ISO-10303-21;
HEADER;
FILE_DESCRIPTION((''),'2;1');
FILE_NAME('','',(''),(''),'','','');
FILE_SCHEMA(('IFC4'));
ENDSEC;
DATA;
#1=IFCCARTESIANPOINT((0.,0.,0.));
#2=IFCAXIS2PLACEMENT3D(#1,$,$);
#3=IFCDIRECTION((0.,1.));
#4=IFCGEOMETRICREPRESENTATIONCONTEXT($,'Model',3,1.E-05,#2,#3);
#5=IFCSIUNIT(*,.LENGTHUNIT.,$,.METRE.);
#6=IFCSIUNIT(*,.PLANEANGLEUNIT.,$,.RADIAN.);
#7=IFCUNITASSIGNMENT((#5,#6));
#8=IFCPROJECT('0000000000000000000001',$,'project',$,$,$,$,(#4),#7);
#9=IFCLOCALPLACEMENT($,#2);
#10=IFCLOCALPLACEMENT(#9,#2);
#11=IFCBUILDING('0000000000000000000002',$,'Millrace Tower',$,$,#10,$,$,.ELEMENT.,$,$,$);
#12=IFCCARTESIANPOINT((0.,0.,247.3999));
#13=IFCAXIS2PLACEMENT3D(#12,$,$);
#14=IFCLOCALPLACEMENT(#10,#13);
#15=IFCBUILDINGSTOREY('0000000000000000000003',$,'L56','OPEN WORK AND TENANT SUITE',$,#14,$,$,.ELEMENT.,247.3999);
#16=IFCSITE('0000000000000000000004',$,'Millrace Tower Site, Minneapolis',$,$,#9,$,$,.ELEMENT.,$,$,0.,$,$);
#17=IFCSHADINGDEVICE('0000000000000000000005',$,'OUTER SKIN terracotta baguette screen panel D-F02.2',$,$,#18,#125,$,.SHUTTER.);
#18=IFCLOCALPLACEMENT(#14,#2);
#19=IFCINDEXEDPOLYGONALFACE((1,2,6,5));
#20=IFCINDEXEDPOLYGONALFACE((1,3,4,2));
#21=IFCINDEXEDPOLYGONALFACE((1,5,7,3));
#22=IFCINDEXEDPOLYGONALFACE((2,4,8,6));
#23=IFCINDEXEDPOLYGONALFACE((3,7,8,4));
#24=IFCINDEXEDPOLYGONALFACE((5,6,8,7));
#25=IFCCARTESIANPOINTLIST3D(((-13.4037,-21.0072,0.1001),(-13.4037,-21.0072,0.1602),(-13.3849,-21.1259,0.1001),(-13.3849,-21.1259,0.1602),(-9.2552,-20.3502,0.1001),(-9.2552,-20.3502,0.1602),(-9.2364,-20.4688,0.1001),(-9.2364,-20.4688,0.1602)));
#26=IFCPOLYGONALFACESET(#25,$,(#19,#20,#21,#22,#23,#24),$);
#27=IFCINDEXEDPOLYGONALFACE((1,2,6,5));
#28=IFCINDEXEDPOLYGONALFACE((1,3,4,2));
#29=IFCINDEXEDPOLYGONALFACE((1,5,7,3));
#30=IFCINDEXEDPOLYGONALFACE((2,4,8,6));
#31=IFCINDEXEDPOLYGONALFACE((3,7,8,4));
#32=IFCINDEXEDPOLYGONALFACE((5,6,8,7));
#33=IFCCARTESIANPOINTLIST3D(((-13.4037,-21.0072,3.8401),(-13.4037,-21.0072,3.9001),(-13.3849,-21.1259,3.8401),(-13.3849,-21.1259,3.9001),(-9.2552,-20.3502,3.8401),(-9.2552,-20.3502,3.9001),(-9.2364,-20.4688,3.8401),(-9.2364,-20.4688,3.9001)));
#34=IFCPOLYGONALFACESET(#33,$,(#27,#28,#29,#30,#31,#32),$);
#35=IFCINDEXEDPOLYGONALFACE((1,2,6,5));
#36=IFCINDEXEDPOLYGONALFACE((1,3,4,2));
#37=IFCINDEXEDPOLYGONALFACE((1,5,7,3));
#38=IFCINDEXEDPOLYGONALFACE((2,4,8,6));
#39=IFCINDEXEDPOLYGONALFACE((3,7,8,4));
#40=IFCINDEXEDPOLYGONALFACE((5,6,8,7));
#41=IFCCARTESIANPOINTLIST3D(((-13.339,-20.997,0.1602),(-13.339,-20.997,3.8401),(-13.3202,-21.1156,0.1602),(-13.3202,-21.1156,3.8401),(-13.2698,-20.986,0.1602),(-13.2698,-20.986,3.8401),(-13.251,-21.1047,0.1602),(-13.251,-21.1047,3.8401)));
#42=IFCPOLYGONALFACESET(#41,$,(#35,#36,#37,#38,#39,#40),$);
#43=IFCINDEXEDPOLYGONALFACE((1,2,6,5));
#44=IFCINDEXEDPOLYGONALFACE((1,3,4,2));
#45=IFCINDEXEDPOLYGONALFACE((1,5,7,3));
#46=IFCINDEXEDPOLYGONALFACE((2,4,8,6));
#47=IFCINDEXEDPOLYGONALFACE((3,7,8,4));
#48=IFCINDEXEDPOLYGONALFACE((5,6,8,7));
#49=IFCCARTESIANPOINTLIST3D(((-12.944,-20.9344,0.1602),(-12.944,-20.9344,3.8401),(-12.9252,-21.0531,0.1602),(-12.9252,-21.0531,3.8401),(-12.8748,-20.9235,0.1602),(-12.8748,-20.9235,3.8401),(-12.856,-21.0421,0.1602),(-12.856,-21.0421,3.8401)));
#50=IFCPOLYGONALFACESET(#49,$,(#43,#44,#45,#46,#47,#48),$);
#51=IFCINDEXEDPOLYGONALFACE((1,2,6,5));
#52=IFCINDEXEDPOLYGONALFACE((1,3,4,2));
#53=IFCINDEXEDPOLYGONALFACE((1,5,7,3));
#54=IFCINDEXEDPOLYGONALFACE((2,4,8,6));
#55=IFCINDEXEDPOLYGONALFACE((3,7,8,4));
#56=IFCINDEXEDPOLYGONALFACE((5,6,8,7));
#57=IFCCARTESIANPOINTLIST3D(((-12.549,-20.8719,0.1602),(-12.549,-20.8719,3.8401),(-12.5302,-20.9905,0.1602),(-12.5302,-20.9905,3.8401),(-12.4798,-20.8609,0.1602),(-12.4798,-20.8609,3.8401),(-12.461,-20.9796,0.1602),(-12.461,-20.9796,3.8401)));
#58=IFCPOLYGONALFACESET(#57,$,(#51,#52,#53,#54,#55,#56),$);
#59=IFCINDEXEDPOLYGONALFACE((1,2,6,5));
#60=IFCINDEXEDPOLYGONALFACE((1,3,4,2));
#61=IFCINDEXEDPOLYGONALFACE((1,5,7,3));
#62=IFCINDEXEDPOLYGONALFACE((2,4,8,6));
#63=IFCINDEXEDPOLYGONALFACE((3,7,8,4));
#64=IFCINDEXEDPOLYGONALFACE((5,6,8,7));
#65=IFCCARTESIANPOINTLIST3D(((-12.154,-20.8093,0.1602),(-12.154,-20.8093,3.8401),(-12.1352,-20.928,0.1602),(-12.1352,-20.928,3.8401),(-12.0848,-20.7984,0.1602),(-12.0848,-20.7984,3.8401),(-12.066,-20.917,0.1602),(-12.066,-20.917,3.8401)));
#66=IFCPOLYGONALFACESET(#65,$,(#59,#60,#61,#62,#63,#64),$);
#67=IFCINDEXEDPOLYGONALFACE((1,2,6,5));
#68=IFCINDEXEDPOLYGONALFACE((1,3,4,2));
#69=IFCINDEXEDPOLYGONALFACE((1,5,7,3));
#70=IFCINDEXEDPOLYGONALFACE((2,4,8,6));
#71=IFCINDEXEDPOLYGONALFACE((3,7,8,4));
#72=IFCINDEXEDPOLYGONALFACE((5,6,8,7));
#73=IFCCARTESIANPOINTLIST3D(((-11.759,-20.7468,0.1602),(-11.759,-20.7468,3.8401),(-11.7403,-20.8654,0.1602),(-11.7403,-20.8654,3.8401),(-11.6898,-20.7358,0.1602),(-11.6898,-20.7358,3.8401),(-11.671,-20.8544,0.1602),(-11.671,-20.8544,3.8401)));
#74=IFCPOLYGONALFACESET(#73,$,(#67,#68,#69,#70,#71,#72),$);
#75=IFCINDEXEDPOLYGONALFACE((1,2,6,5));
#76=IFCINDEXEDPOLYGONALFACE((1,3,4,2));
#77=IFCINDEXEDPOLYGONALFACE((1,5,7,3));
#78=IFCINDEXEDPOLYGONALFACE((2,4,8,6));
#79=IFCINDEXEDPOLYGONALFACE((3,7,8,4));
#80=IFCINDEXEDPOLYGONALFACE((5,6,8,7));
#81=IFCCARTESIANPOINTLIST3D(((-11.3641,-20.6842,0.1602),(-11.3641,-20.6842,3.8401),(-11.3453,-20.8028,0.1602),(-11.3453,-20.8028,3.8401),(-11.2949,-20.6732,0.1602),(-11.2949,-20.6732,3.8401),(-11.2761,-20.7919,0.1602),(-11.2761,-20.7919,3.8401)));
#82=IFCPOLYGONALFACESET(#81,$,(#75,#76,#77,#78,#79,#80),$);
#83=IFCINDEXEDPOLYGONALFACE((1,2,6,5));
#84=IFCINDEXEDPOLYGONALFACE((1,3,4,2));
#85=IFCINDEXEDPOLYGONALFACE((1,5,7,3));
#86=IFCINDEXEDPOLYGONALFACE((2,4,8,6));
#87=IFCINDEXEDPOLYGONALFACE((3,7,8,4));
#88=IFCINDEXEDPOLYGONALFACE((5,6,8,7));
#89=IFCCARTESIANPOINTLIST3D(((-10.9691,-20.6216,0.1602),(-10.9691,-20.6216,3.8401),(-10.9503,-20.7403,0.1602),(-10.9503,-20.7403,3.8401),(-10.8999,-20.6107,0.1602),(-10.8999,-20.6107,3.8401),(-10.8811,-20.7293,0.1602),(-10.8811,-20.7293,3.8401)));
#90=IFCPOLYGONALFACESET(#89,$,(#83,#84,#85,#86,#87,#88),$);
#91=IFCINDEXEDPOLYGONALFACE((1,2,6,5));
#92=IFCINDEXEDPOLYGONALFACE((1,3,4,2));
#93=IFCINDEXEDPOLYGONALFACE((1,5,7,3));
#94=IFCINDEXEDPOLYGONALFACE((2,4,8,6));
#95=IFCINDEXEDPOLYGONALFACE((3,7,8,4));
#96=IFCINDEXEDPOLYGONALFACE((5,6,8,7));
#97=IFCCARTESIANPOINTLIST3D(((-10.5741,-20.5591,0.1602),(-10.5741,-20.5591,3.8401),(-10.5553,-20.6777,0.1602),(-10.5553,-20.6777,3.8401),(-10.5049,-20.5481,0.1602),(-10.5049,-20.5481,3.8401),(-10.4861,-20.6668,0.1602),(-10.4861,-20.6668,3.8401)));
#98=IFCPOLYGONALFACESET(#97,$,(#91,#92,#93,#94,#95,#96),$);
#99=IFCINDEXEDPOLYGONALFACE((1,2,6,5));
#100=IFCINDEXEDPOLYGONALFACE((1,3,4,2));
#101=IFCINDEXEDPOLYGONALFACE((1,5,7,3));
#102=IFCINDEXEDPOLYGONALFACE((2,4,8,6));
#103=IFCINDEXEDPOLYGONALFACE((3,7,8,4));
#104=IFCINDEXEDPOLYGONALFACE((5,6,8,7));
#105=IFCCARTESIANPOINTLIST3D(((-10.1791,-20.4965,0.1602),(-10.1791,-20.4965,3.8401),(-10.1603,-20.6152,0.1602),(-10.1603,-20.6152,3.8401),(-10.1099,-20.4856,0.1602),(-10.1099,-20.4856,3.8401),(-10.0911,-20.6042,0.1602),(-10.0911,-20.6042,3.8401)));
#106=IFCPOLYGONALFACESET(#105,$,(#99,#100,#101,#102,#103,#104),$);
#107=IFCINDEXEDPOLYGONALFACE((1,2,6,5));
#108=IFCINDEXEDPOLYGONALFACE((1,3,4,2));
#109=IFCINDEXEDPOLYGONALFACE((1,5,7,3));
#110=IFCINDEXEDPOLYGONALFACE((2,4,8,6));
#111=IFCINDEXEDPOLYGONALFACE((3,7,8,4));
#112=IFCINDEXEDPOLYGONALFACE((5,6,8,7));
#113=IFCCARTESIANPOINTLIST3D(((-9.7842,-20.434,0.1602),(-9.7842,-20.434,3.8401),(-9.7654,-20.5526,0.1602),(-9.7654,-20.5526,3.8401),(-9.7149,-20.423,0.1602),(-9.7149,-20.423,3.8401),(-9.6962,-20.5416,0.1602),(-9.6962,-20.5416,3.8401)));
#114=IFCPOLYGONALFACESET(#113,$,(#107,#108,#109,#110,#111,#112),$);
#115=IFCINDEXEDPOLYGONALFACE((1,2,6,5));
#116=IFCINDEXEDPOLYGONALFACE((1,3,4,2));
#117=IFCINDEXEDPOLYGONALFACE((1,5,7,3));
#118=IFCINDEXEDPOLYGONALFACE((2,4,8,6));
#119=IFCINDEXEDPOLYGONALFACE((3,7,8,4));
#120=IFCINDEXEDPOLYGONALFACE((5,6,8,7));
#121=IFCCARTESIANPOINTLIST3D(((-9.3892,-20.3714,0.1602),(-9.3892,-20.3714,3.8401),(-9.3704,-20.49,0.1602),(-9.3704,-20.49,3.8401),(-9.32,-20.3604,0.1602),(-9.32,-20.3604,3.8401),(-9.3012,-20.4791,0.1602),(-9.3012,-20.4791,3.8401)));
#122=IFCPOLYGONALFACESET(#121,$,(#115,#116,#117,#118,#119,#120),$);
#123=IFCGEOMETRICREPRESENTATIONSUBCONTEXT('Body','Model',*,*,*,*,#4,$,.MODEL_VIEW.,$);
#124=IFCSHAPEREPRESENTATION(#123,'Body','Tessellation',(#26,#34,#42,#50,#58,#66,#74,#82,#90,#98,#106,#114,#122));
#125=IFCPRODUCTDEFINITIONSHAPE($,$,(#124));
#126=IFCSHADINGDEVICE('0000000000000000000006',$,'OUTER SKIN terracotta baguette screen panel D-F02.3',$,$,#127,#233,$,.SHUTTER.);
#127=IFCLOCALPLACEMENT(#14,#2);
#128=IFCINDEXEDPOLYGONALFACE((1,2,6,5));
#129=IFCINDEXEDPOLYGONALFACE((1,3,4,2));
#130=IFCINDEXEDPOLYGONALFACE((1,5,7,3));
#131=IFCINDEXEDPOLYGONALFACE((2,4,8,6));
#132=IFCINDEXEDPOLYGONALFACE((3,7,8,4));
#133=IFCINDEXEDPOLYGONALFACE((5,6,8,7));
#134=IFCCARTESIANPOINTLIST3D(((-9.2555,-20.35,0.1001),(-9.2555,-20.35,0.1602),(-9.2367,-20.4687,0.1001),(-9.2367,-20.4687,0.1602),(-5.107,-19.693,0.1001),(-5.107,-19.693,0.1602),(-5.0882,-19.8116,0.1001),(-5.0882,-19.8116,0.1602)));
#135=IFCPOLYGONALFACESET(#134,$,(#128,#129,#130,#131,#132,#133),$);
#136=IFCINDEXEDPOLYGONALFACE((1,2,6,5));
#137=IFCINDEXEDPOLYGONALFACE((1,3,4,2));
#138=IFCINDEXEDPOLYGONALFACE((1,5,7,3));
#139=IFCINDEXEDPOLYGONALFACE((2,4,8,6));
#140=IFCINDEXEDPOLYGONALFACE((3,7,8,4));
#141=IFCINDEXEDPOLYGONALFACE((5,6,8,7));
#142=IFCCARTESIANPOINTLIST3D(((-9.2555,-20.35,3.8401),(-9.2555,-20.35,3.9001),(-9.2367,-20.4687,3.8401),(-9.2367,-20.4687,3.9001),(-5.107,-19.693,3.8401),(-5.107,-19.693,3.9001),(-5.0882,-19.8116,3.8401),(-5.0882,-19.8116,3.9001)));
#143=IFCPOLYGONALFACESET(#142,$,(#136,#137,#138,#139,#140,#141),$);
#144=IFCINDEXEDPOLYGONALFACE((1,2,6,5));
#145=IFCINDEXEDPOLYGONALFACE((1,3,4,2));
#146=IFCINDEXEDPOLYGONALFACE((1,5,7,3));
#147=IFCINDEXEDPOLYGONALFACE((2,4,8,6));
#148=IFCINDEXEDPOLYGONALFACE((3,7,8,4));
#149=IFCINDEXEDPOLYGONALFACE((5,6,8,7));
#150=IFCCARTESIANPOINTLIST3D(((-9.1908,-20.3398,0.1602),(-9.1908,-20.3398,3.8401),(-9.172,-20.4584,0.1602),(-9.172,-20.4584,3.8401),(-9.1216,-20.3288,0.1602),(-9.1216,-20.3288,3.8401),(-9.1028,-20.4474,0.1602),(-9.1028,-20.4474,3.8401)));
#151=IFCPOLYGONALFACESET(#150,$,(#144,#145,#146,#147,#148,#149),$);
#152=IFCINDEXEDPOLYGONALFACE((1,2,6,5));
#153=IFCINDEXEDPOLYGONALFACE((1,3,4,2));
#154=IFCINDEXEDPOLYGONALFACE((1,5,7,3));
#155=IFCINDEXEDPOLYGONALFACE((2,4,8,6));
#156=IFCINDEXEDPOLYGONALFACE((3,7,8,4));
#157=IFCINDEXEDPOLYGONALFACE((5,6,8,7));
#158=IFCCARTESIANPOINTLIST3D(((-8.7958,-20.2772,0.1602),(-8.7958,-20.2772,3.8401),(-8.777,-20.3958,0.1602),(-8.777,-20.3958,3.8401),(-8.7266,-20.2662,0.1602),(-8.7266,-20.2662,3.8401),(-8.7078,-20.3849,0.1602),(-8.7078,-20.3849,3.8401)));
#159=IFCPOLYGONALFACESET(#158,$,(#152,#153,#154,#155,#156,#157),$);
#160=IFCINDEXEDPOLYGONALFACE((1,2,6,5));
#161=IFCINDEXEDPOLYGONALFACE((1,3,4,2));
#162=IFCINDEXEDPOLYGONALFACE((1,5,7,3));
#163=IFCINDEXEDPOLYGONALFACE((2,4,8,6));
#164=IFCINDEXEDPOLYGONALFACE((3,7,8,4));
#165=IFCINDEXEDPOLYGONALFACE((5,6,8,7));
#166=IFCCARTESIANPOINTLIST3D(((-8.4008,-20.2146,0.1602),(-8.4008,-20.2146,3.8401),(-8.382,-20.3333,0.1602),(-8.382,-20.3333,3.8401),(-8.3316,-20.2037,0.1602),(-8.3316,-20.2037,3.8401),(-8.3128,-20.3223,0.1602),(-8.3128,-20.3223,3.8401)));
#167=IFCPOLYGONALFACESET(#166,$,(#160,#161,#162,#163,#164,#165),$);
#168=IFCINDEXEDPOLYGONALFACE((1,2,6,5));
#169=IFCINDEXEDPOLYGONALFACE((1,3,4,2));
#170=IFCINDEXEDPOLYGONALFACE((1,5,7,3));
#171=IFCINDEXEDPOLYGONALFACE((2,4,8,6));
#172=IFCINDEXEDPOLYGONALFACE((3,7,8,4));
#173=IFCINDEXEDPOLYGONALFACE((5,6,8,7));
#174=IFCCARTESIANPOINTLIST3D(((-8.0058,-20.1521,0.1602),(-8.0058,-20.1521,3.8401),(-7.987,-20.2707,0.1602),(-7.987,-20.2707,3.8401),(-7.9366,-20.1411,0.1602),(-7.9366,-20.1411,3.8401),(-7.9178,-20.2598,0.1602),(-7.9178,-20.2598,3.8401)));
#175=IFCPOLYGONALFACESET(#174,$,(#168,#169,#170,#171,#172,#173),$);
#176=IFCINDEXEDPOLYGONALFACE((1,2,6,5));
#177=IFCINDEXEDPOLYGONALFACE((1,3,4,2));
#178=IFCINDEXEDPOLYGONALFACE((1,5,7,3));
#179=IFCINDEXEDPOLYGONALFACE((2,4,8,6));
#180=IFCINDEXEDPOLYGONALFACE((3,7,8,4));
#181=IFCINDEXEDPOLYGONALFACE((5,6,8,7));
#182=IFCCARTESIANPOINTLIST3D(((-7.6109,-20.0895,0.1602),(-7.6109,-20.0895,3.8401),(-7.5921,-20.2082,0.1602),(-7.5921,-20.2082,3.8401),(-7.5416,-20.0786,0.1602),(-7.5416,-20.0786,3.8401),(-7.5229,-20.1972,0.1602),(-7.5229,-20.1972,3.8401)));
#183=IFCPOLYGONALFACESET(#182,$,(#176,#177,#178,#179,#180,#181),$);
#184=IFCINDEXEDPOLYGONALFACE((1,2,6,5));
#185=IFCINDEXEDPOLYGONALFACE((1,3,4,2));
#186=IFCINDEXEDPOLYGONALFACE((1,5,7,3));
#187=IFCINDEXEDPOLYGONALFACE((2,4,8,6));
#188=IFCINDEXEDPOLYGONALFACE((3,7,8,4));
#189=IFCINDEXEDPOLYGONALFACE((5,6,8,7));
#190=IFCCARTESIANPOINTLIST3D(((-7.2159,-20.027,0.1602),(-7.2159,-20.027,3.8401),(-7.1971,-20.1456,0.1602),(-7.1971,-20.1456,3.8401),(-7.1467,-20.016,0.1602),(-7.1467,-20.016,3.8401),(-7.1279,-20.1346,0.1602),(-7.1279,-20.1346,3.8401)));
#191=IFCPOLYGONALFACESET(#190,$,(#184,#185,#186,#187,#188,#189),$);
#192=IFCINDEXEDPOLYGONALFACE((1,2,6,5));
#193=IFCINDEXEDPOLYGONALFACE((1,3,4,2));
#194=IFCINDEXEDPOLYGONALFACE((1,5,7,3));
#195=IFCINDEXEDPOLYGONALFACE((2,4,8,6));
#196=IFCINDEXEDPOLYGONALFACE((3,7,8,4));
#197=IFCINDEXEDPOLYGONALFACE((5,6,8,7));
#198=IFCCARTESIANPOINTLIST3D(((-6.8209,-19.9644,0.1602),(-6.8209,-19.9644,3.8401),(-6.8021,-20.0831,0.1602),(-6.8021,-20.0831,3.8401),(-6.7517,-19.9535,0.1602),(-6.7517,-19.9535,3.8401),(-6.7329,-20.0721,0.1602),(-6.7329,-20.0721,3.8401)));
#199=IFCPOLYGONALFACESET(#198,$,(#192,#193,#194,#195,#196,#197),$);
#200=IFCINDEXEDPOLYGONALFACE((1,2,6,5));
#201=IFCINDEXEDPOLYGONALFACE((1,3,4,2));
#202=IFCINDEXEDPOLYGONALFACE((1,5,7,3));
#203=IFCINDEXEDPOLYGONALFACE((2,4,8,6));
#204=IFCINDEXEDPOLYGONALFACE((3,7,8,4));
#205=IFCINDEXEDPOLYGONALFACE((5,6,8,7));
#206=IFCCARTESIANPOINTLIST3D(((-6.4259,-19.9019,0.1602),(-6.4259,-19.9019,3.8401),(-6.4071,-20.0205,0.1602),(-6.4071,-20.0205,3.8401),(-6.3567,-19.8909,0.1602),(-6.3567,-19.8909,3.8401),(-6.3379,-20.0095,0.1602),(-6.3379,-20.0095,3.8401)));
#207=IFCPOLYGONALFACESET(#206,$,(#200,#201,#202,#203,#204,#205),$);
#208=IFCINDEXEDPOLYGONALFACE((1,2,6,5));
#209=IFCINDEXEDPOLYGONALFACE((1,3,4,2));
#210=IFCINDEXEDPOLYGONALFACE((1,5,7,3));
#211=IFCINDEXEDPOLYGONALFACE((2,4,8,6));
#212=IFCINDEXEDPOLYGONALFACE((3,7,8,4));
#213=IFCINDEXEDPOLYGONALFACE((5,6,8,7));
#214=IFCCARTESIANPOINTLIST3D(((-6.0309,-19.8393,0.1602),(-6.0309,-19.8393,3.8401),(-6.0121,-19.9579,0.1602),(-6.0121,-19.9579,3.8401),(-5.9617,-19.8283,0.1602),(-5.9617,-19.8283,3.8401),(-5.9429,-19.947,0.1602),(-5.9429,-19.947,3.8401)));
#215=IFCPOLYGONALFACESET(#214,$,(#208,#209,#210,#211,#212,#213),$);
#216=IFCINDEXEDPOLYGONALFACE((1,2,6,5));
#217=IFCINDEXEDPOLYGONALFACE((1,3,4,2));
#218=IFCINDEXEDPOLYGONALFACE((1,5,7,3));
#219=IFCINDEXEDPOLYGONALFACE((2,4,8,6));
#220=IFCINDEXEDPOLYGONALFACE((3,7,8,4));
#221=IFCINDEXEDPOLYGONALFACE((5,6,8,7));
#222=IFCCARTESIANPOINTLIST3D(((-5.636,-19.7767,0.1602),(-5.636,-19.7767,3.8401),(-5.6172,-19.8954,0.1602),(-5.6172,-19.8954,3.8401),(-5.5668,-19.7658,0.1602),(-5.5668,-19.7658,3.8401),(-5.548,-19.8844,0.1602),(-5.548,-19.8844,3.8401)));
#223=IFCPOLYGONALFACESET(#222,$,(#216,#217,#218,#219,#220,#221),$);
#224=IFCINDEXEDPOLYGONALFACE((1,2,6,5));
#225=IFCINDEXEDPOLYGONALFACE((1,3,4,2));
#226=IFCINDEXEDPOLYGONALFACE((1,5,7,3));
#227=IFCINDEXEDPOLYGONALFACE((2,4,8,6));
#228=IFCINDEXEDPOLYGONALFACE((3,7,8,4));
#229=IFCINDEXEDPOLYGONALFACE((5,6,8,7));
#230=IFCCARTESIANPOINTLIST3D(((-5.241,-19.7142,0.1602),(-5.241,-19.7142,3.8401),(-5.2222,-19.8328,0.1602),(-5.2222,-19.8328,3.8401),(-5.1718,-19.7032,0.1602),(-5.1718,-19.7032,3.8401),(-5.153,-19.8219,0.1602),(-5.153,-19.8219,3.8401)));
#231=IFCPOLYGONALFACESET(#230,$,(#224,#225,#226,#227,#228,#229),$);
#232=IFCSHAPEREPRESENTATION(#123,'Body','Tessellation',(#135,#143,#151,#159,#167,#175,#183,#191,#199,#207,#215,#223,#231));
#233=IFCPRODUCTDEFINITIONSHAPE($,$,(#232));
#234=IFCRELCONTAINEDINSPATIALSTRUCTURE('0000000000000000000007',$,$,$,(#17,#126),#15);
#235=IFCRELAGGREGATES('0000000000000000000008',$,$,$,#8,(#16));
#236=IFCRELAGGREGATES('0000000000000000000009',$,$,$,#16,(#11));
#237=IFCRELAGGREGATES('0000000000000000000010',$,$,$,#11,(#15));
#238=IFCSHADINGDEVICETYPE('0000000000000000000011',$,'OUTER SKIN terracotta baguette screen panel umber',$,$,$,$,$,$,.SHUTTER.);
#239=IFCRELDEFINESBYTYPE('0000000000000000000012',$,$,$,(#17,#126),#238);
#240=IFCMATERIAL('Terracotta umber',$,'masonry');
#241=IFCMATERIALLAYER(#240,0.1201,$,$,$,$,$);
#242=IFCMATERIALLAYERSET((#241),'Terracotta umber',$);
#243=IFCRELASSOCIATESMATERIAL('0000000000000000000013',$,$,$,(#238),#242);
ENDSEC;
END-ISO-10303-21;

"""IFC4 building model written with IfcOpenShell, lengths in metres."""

from ifc_helpers import new_model, entity, si_unit, direction, frame, frame_2d, origin, origin_2d, place, context, subcontext, project, spatial, rectangle, extrude, source, transform, mapped, material, layer, layer_set, type_object, element, save


model = new_model("IFC4")

# Units and contexts
model_context = context("Model", 3, precision=1e-05, world=origin(), true_north=direction((0.0, 1.0)))
body_context = subcontext(model_context, "Body", "Model", "MODEL_VIEW")
ifc_project = project(units=[si_unit("LENGTHUNIT", "METRE"), si_unit("PLANEANGLEUNIT", "RADIAN")], contexts=[model_context])

# Site, building, storey
site_placement = place(None, origin())
site = spatial("IfcSite", under=ifc_project, at=site_placement, Name="Millrace Tower Site, Minneapolis", CompositionType="ELEMENT", RefElevation=0.0)
building_placement = place(site_placement, origin())
building = spatial("IfcBuilding", under=site, at=building_placement, Name="Millrace Tower", CompositionType="ELEMENT")
storey_placement = place(building_placement, frame((0.0, 0.0, 247.3999)))
storey = spatial("IfcBuildingStorey", under=building, at=storey_placement, Name="L56", Description="OPEN WORK AND TENANT SUITE", CompositionType="ELEMENT", Elevation=247.3999)

# Shading devices
ifc_material_1 = material(Name="Terracotta umber", Category="masonry")
ifc_layer_1 = layer(ifc_material_1, 0.1201)
ifc_layer_set_1 = layer_set([ifc_layer_1], Name="Terracotta umber")
shading_device_type = type_object("IfcShadingDeviceType", Name="OUTER SKIN terracotta baguette screen panel umber", PredefinedType="SHUTTER", material=ifc_layer_set_1)
cartesian_point = entity("IfcCartesianPoint", [-2.1001, 0.0601])
shared_polyline = entity("IfcPolyline", [cartesian_point, entity("IfcCartesianPoint", [2.1001, 0.0601]), entity("IfcCartesianPoint", [2.1001, -0.0601]), entity("IfcCartesianPoint", [-2.1001, -0.0601]), cartesian_point])
shared_shape = source(origin(), body_context, "Body", "SweptSolid", [
    entity("IfcExtrudedAreaSolid", entity("IfcArbitraryClosedProfileDef", "AREA", None, shared_polyline), entity("IfcAxis2Placement3D", entity("IfcCartesianPoint", [0.0, 0.0, 0.0])), entity("IfcDirection", [0.0, 0.0, 1.0]), 0.0601),
    entity("IfcExtrudedAreaSolid", entity("IfcArbitraryClosedProfileDef", "AREA", None, shared_polyline), entity("IfcAxis2Placement3D", entity("IfcCartesianPoint", [0.0, 0.0, 3.74])), entity("IfcDirection", [0.0, 0.0, 1.0]), 0.0601),
    extrude(rectangle(XDim=0.0701, YDim=0.1201, at=frame_2d((-1.9995, 0.0))), frame((0.0, 0.0, 0.0601)), (0.0, 0.0, 1.0), 3.6799),
    extrude(rectangle(XDim=0.0701, YDim=0.1201, at=frame_2d((-1.5996, 0.0))), frame((0.0, 0.0, 0.0601)), (0.0, 0.0, 1.0), 3.6799),
    extrude(rectangle(XDim=0.0701, YDim=0.1201, at=frame_2d((-1.1997, 0.0))), frame((0.0, 0.0, 0.0601)), (0.0, 0.0, 1.0), 3.6799),
    extrude(rectangle(XDim=0.0701, YDim=0.1201, at=frame_2d((-0.7998, 0.0))), frame((0.0, 0.0, 0.0601)), (0.0, 0.0, 1.0), 3.6799),
    extrude(rectangle(XDim=0.0701, YDim=0.1201, at=frame_2d((-0.3999, 0.0))), frame((0.0, 0.0, 0.0601)), (0.0, 0.0, 1.0), 3.6799),
    extrude(rectangle(XDim=0.0701, YDim=0.1201, at=origin_2d()), frame((0.0, 0.0, 0.0601)), (0.0, 0.0, 1.0), 3.6799),
    extrude(rectangle(XDim=0.0701, YDim=0.1201, at=frame_2d((0.3999, 0.0))), frame((0.0, 0.0, 0.0601)), (0.0, 0.0, 1.0), 3.6799),
    extrude(rectangle(XDim=0.0701, YDim=0.1201, at=frame_2d((0.7998, 0.0))), frame((0.0, 0.0, 0.0601)), (0.0, 0.0, 1.0), 3.6799),
    extrude(rectangle(XDim=0.0701, YDim=0.1201, at=frame_2d((1.1997, 0.0))), frame((0.0, 0.0, 0.0601)), (0.0, 0.0, 1.0), 3.6799),
    extrude(rectangle(XDim=0.0701, YDim=0.1201, at=frame_2d((1.5996, 0.0))), frame((0.0, 0.0, 0.0601)), (0.0, 0.0, 1.0), 3.6799),
    extrude(rectangle(XDim=0.0701, YDim=0.1201, at=frame_2d((1.9995, 0.0))), frame((0.0, 0.0, 0.0601)), (0.0, 0.0, 1.0), 3.6799),
])
for number, where, z_axis, x_axis, name in (
    (1, (-11.3201, -20.738, 0.1001), (0.0, 0.0, 1.0), (0.987688, 0.156434, 0.0), "OUTER SKIN terracotta baguette screen panel D-F02.2"),
    (2, (-7.1719, -20.0808, 0.1001), (0.0, 0.0, 1.0), (0.987688, 0.156434, 0.0), "OUTER SKIN terracotta baguette screen panel D-F02.3"),
):
    element("IfcShadingDevice", number, at=place(storey_placement, frame(where, z_axis=z_axis, x_axis=x_axis)), inside=storey, type_object=shading_device_type, Name=name, PredefinedType="SHUTTER", context=body_context, shape_type="MappedRepresentation", body=[
        mapped(shared_shape, transform((0.0, 0.0, 0.0), scale=1.0)),
    ])

save(model, "model.ifc")
